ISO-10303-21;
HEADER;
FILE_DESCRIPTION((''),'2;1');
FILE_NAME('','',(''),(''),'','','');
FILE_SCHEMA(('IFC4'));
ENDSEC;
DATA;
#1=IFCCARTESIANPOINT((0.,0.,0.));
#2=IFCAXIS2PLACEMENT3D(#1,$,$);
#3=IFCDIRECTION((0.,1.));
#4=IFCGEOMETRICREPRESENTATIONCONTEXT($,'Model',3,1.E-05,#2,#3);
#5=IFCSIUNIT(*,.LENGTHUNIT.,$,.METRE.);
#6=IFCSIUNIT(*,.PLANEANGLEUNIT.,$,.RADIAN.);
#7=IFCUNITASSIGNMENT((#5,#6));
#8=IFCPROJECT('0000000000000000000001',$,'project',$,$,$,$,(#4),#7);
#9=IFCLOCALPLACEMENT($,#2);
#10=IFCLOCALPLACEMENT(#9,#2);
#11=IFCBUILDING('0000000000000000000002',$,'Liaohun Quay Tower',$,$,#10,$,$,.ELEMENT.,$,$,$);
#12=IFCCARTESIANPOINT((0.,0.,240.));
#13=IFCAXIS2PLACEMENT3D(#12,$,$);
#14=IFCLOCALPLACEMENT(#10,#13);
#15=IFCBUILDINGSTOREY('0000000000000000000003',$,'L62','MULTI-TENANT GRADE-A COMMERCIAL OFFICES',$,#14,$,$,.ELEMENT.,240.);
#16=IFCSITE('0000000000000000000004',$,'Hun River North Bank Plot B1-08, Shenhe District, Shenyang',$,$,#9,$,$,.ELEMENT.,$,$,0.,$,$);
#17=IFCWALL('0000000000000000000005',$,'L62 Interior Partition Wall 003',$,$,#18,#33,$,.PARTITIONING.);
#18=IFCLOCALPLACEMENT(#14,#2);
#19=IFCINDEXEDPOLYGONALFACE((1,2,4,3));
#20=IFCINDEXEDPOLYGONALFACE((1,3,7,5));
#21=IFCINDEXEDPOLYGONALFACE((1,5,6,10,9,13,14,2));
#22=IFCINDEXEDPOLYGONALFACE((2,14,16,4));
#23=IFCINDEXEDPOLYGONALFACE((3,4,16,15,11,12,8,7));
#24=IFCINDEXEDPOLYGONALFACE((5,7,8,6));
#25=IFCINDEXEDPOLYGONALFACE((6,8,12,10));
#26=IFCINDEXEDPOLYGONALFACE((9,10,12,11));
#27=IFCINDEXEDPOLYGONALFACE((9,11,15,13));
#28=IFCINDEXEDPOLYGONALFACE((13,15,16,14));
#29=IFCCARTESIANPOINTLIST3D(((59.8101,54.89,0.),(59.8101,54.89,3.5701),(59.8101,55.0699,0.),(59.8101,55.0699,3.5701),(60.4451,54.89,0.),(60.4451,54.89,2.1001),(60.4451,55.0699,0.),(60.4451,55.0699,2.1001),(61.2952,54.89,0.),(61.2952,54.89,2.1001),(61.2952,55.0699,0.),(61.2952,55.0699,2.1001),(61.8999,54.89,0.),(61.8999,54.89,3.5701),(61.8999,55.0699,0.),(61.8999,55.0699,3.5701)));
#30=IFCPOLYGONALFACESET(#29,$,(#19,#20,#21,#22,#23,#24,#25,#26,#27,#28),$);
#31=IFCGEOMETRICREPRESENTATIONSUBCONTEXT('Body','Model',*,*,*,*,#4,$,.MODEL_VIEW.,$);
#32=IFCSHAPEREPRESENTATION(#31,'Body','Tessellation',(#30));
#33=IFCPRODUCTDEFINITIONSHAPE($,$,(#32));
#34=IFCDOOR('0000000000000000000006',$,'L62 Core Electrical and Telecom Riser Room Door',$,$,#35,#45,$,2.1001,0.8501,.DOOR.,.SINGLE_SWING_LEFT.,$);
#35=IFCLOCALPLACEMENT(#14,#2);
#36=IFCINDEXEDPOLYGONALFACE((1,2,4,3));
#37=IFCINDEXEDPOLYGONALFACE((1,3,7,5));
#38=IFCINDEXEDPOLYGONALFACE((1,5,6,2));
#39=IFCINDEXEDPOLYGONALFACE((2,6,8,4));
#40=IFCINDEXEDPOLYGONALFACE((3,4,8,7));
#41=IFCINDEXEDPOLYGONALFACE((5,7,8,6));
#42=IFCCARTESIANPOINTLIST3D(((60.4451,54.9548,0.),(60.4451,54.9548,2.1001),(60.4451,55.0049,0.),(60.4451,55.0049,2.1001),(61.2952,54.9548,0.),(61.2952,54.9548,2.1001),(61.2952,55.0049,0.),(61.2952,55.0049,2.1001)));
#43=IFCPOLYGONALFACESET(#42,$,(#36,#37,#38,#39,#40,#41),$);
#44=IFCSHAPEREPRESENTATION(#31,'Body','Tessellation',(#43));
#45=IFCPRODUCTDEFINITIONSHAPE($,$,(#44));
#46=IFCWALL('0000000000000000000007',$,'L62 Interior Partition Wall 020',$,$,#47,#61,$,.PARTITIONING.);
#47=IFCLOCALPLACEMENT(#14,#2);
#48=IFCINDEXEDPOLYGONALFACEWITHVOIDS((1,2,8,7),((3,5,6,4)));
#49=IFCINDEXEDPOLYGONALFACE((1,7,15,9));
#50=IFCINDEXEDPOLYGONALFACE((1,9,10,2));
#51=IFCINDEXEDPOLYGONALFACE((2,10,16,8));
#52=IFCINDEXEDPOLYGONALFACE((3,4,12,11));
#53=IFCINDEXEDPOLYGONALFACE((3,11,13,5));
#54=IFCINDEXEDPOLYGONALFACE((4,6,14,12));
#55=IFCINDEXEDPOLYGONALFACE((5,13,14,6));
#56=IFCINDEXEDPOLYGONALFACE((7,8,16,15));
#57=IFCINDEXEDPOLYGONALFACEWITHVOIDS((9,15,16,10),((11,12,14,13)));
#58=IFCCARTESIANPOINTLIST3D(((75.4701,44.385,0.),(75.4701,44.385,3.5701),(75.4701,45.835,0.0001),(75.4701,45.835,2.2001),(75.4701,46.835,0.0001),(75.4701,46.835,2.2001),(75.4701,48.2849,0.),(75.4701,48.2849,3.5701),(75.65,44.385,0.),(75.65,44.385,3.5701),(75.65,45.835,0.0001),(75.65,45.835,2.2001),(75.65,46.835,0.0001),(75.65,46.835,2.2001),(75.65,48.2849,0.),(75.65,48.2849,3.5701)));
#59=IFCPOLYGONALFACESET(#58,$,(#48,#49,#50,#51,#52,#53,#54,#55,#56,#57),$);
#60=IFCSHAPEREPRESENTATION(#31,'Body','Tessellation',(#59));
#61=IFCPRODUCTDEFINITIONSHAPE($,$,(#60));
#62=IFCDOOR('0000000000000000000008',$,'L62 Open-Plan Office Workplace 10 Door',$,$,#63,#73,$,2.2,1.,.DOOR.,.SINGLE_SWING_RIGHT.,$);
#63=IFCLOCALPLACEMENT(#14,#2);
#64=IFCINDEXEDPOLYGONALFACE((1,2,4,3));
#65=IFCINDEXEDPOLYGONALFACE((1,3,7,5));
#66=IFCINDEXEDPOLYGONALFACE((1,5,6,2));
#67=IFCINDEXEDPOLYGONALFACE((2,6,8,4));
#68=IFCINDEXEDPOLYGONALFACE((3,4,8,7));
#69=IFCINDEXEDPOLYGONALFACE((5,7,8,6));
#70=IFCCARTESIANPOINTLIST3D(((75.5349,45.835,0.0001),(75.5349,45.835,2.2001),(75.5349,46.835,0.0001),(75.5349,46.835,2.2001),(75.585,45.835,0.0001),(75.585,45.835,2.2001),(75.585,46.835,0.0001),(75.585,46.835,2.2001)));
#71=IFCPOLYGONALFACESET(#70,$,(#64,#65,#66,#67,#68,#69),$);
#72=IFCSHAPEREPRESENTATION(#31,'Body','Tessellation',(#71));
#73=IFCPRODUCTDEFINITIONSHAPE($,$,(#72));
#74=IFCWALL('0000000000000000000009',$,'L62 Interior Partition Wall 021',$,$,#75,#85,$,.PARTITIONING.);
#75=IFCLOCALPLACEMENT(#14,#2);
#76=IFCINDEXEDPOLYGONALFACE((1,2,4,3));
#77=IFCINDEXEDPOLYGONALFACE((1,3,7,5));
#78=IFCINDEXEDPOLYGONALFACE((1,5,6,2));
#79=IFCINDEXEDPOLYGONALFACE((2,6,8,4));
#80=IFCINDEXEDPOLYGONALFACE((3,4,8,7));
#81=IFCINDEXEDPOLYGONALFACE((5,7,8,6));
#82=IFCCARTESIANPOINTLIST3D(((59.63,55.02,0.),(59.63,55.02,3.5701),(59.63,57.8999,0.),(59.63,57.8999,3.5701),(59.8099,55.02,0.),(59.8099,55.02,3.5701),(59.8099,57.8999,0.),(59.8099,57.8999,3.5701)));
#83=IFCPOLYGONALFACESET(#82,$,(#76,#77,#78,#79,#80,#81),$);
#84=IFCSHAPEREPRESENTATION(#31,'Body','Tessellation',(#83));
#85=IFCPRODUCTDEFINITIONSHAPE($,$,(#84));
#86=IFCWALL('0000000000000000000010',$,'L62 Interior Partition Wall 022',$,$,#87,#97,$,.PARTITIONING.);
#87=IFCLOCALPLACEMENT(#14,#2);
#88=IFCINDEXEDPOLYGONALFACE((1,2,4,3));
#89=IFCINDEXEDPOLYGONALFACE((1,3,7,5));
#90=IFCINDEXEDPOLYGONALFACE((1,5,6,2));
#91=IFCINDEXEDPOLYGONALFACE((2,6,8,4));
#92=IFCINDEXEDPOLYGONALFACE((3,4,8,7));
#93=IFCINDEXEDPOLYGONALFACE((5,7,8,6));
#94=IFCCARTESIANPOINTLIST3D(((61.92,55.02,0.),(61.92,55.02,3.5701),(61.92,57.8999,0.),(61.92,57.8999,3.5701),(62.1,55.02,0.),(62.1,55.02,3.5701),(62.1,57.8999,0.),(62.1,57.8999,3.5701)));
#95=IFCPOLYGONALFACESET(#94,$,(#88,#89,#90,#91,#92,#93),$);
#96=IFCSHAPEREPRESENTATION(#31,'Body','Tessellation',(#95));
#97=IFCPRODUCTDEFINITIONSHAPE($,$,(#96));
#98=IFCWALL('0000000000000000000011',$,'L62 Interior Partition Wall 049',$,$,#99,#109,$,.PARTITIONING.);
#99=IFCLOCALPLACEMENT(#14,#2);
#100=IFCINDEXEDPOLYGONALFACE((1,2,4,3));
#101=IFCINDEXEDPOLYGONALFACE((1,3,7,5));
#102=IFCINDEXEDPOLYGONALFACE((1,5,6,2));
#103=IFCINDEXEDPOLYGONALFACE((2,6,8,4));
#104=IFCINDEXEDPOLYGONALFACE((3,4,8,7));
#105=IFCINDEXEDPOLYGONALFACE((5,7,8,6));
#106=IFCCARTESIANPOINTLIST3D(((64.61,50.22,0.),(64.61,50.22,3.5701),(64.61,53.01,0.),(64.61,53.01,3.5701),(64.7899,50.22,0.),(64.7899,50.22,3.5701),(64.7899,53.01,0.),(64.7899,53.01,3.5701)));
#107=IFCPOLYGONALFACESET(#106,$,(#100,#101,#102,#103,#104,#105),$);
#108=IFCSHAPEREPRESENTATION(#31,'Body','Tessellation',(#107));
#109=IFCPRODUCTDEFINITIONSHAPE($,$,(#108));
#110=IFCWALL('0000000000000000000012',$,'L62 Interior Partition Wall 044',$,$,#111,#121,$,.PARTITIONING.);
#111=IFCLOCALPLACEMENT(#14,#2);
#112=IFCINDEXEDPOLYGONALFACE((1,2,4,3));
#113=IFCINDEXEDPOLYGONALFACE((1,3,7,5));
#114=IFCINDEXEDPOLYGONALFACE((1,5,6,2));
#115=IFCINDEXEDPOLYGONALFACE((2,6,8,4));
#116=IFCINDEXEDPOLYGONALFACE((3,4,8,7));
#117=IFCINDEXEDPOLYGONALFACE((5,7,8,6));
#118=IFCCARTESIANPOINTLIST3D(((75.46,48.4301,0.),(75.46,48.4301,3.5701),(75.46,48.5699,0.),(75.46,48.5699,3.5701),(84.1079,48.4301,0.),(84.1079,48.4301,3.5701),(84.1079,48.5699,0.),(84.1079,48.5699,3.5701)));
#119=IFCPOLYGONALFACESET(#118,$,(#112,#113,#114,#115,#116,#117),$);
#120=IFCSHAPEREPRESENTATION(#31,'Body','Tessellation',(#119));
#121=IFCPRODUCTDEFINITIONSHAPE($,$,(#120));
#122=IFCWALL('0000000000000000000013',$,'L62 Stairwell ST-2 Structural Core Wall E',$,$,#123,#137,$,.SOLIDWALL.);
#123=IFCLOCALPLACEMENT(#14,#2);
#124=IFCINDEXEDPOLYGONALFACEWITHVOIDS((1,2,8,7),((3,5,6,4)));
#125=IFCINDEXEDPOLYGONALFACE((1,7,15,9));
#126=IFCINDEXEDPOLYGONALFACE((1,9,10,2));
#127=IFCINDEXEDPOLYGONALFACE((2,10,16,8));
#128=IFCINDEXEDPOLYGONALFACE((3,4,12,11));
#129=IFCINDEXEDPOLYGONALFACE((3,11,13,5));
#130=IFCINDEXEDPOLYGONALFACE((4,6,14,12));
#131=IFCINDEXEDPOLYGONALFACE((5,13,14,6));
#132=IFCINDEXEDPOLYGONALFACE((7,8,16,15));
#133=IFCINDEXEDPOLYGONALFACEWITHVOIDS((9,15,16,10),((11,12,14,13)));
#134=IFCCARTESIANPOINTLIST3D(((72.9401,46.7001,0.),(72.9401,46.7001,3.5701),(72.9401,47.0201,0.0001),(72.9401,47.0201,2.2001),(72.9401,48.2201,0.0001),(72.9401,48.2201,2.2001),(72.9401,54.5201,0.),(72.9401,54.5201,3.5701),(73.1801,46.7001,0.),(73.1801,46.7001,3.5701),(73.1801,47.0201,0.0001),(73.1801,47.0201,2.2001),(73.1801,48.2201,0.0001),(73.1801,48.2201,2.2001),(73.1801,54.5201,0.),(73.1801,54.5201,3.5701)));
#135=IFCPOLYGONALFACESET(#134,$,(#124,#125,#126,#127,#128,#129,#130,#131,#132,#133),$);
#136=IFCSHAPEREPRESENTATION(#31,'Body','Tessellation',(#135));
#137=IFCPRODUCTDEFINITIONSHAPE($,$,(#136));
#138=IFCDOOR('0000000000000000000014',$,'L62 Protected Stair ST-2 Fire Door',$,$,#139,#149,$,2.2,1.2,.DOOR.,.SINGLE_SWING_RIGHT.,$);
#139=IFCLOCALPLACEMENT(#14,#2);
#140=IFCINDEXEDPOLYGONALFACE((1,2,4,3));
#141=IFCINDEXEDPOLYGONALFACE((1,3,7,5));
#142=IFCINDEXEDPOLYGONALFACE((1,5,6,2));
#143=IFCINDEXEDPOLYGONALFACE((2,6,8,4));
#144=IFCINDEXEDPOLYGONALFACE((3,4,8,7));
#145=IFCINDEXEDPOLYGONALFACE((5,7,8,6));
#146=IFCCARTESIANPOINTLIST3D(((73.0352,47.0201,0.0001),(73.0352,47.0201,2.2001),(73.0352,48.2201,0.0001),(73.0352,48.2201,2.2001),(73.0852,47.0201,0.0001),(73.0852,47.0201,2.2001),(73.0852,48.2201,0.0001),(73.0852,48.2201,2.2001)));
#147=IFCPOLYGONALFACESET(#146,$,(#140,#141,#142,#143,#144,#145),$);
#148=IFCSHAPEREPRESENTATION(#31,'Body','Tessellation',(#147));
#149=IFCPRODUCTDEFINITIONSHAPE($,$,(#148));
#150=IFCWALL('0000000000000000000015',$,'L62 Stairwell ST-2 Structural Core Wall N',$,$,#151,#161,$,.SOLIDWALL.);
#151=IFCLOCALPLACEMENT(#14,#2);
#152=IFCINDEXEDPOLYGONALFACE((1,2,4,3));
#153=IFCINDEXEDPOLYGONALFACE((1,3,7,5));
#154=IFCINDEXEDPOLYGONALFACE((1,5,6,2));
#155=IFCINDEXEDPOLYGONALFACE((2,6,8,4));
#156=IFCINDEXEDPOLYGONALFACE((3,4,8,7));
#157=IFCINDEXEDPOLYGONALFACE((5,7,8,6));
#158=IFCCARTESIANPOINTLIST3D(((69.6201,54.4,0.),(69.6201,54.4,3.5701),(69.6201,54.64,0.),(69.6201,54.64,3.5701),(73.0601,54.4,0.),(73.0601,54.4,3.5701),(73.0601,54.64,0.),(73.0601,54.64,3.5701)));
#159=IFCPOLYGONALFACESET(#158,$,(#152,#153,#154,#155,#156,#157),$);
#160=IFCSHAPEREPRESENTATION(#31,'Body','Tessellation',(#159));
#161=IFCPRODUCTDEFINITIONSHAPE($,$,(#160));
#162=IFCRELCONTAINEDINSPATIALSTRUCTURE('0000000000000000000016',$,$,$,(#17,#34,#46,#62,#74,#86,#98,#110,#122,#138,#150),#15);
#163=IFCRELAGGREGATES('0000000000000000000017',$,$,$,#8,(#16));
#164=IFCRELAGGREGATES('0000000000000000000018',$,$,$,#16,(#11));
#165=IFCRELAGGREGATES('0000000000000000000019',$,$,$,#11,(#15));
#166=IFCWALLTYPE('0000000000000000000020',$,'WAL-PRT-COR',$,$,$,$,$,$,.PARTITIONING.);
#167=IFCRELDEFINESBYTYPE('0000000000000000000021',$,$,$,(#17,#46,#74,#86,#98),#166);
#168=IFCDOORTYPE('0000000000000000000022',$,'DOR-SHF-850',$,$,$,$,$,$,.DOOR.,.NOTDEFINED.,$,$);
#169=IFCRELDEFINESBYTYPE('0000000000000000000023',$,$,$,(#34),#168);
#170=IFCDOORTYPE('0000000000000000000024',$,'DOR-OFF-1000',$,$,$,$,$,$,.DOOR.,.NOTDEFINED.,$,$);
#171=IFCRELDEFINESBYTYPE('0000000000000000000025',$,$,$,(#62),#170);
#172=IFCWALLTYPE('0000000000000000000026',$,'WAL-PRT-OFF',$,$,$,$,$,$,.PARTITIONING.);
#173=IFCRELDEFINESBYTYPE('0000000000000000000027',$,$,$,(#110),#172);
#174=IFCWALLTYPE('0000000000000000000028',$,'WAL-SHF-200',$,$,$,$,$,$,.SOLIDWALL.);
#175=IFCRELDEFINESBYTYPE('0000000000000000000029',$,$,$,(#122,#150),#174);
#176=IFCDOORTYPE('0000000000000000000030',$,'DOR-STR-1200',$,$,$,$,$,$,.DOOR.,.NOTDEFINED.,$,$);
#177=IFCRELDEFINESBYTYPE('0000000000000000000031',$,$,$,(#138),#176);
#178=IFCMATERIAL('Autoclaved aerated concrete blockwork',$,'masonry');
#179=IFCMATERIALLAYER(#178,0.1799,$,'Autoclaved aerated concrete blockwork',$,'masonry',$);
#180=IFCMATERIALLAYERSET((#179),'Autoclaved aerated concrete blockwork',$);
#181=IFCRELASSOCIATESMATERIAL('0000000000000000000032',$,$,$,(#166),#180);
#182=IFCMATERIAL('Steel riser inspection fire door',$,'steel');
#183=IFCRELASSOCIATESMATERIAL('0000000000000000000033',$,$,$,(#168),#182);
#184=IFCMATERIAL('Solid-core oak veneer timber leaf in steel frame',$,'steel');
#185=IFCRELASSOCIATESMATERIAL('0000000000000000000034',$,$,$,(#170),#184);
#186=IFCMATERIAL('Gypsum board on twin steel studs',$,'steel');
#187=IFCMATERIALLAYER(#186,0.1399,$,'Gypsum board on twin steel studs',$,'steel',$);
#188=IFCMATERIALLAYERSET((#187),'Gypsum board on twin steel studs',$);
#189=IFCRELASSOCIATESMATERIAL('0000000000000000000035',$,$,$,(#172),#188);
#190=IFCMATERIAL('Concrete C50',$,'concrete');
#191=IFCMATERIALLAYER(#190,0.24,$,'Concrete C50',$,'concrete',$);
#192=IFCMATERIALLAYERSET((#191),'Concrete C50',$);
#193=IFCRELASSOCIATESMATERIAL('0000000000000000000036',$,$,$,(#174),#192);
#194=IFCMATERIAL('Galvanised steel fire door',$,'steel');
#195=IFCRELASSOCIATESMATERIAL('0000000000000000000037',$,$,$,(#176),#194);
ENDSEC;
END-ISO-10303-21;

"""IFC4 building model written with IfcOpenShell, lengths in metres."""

from ifc_helpers import new_model, si_unit, direction, frame, frame_2d, origin, place, context, subcontext, project, spatial, rectangle, extrude, source, transform, mapped, material, layer, layer_set, type_object, element, fill, save


model = new_model("IFC4")

# Units and contexts
model_context = context("Model", 3, precision=1e-05, world=origin(), true_north=direction((0.0, 1.0)))
body_context = subcontext(model_context, "Body", "Model", "MODEL_VIEW")
ifc_project = project(units=[si_unit("LENGTHUNIT", "METRE"), si_unit("PLANEANGLEUNIT", "RADIAN")], contexts=[model_context])

# Site, building, storey
site_placement = place(None, origin())
site = spatial("IfcSite", under=ifc_project, at=site_placement, Name="Hun River North Bank Plot B1-08, Shenhe District, Shenyang", CompositionType="ELEMENT", RefElevation=0.0)
building_placement = place(site_placement, origin())
building = spatial("IfcBuilding", under=site, at=building_placement, Name="Liaohun Quay Tower", CompositionType="ELEMENT")
storey_placement = place(building_placement, frame((0.0, 0.0, 240.0)))
storey = spatial("IfcBuildingStorey", under=building, at=storey_placement, Name="L62", Description="MULTI-TENANT GRADE-A COMMERCIAL OFFICES", CompositionType="ELEMENT", Elevation=240.0)

# Walls, openings, doors
ifc_material_1 = material(Name="Autoclaved aerated concrete blockwork", Category="masonry")
ifc_layer_1 = layer(ifc_material_1, 0.1799, Name="Autoclaved aerated concrete blockwork", Category="masonry")
ifc_layer_set_1 = layer_set([ifc_layer_1], Name="Autoclaved aerated concrete blockwork")
wall_type_1 = type_object("IfcWallType", Name="WAL-PRT-COR", PredefinedType="PARTITIONING", material=ifc_layer_set_1)
wall_1_placement = place(storey_placement, frame((59.8101, 54.98, 0.0), z_axis=(0.0, 0.0, 1.0), x_axis=(1.0, 0.0, 0.0)))
wall_1 = element("IfcWall", 1, at=wall_1_placement, inside=storey, type_object=wall_type_1, Name="L62 Interior Partition Wall 003", PredefinedType="PARTITIONING", context=body_context, shape_type="SweptSolid", body=[
    extrude(rectangle(XDim=2.0898, YDim=0.1799, at=frame_2d((1.0449, 0.0))), origin(), (0.0, 0.0, 1.0), 3.5701),
])
shared_shape_1 = source(origin(), body_context, "Body", "SweptSolid", [
    extrude(rectangle(XDim=0.8501, YDim=2.1001, at=frame_2d((0.425, 1.05))), frame((0.0, 0.0999, 0.0), z_axis=(0.0, -1.0, 0.0), x_axis=(1.0, 0.0, 0.0)), (0.0, 0.0, 1.0), 0.2),
])
opening_1_placement = place(wall_1_placement, frame((0.635, 0.0, 0.0)))
opening_1 = element("IfcOpeningElement", 2, at=opening_1_placement, cuts=wall_1, PredefinedType="OPENING", context=body_context, shape_type="MappedRepresentation", body=[
    mapped(shared_shape_1, transform((0.0, 0.0, 0.0), x_axis=(1.0, 0.0, 0.0), y_axis=(0.0, 1.0, 0.0), z_axis=(0.0, 0.0, 1.0), scale=1.0)),
])
ifc_material_2 = material(Name="Steel riser inspection fire door", Category="steel")
door_type_1 = type_object("IfcDoorType", Name="DOR-SHF-850", OperationType="NOTDEFINED", PredefinedType="DOOR", material=ifc_material_2)
shared_shape_2 = source(origin(), body_context, "Body", "SweptSolid", [
    extrude(rectangle(XDim=0.8501, YDim=2.1001, at=frame_2d((0.425, 1.05))), frame((0.0, 0.0249, 0.0), z_axis=(0.0, -1.0, 0.0), x_axis=(1.0, 0.0, 0.0)), (0.0, 0.0, 1.0), 0.05),
])
door_1_placement = place(opening_1_placement, origin())
door_1 = element("IfcDoor", 3, at=door_1_placement, inside=storey, type_object=door_type_1, Name="L62 Core Electrical and Telecom Riser Room Door", OperationType="SINGLE_SWING_LEFT", OverallHeight=2.1001, OverallWidth=0.8501, PredefinedType="DOOR", context=body_context, shape_type="MappedRepresentation", body=[
    mapped(shared_shape_2, transform((0.0, 0.0, 0.0), x_axis=(1.0, 0.0, 0.0), y_axis=(0.0, 1.0, 0.0), z_axis=(0.0, 0.0, 1.0), scale=1.0)),
])
fill(opening_1, door_1)
wall_2_placement = place(storey_placement, frame((75.5601, 48.2849, 0.0), z_axis=(0.0, 0.0, 1.0), x_axis=(0.0, -1.0, 0.0)))
wall_2 = element("IfcWall", 4, at=wall_2_placement, inside=storey, type_object=wall_type_1, Name="L62 Interior Partition Wall 020", PredefinedType="PARTITIONING", context=body_context, shape_type="SweptSolid", body=[
    extrude(rectangle(XDim=3.8999, YDim=0.1799, at=frame_2d((1.95, 0.0))), origin(), (0.0, 0.0, 1.0), 3.5701),
])
shared_shape_3 = source(origin(), body_context, "Body", "SweptSolid", [
    extrude(rectangle(XDim=1.0, YDim=2.2, at=frame_2d((0.5, 1.1001))), frame((0.0, 0.0999, 0.0), z_axis=(0.0, -1.0, 0.0), x_axis=(1.0, 0.0, 0.0)), (0.0, 0.0, 1.0), 0.2),
])
opening_2_placement = place(wall_2_placement, frame((1.45, 0.0, 0.0)))
opening_2 = element("IfcOpeningElement", 5, at=opening_2_placement, cuts=wall_2, PredefinedType="OPENING", context=body_context, shape_type="MappedRepresentation", body=[
    mapped(shared_shape_3, transform((0.0, 0.0, 0.0), x_axis=(1.0, 0.0, 0.0), y_axis=(0.0, 1.0, 0.0), z_axis=(0.0, 0.0, 1.0), scale=1.0)),
])
ifc_material_3 = material(Name="Solid-core oak veneer timber leaf in steel frame", Category="steel")
door_type_2 = type_object("IfcDoorType", Name="DOR-OFF-1000", OperationType="NOTDEFINED", PredefinedType="DOOR", material=ifc_material_3)
shared_shape_4 = source(origin(), body_context, "Body", "SweptSolid", [
    extrude(rectangle(XDim=1.0, YDim=2.2, at=frame_2d((0.5, 1.1001))), frame((0.0, 0.0249, 0.0), z_axis=(0.0, -1.0, 0.0), x_axis=(1.0, 0.0, 0.0)), (0.0, 0.0, 1.0), 0.05),
])
door_2_placement = place(opening_2_placement, origin())
door_2 = element("IfcDoor", 6, at=door_2_placement, inside=storey, type_object=door_type_2, Name="L62 Open-Plan Office Workplace 10 Door", OperationType="SINGLE_SWING_RIGHT", OverallHeight=2.2, OverallWidth=1.0, PredefinedType="DOOR", context=body_context, shape_type="MappedRepresentation", body=[
    mapped(shared_shape_4, transform((0.0, 0.0, 0.0), x_axis=(1.0, 0.0, 0.0), y_axis=(0.0, 1.0, 0.0), z_axis=(0.0, 0.0, 1.0), scale=1.0)),
])
fill(opening_2, door_2)

# Walls
for number, where, z_axis, x_axis, name in (
    (7, (59.72, 55.02, 0.0), (0.0, 0.0, 1.0), (0.0, 1.0, 0.0), "L62 Interior Partition Wall 021"),
    (8, (62.01, 55.02, 0.0), (0.0, 0.0, 1.0), (0.0, 1.0, 0.0), "L62 Interior Partition Wall 022"),
):
    element("IfcWall", number, at=place(storey_placement, frame(where, z_axis=z_axis, x_axis=x_axis)), inside=storey, type_object=wall_type_1, Name=name, PredefinedType="PARTITIONING", context=body_context, shape_type="SweptSolid", body=[
        extrude(rectangle(XDim=2.8799, YDim=0.1799, at=frame_2d((1.4399, 0.0))), origin(), (0.0, 0.0, 1.0), 3.5701),
    ])
wall_3_placement = place(storey_placement, frame((64.7, 50.22, 0.0), z_axis=(0.0, 0.0, 1.0), x_axis=(0.0, 1.0, 0.0)))
element("IfcWall", 9, at=wall_3_placement, inside=storey, type_object=wall_type_1, Name="L62 Interior Partition Wall 049", PredefinedType="PARTITIONING", context=body_context, shape_type="SweptSolid", body=[
    extrude(rectangle(XDim=2.79, YDim=0.1799, at=frame_2d((1.395, 0.0))), origin(), (0.0, 0.0, 1.0), 3.5701),
])
ifc_material_4 = material(Name="Gypsum board on twin steel studs", Category="steel")
ifc_layer_2 = layer(ifc_material_4, 0.1399, Name="Gypsum board on twin steel studs", Category="steel")
ifc_layer_set_2 = layer_set([ifc_layer_2], Name="Gypsum board on twin steel studs")
wall_type_2 = type_object("IfcWallType", Name="WAL-PRT-OFF", PredefinedType="PARTITIONING", material=ifc_layer_set_2)
wall_4_placement = place(storey_placement, frame((75.46, 48.5, 0.0), z_axis=(0.0, 0.0, 1.0), x_axis=(1.0, 0.0, 0.0)))
element("IfcWall", 10, at=wall_4_placement, inside=storey, type_object=wall_type_2, Name="L62 Interior Partition Wall 044", PredefinedType="PARTITIONING", context=body_context, shape_type="SweptSolid", body=[
    extrude(rectangle(XDim=8.6479, YDim=0.1399, at=frame_2d((4.324, 0.0))), origin(), (0.0, 0.0, 1.0), 3.5701),
])

# Wall, opening, door
ifc_material_5 = material(Name="Concrete C50", Category="concrete")
ifc_layer_3 = layer(ifc_material_5, 0.24, Name="Concrete C50", Category="concrete")
ifc_layer_set_3 = layer_set([ifc_layer_3], Name="Concrete C50")
wall_type_3 = type_object("IfcWallType", Name="WAL-SHF-200", PredefinedType="SOLIDWALL", material=ifc_layer_set_3)
wall_5_placement = place(storey_placement, frame((73.0601, 46.7, 0.0), z_axis=(0.0, 0.0, 1.0), x_axis=(0.0, 1.0, 0.0)))
wall_5 = element("IfcWall", 11, at=wall_5_placement, inside=storey, type_object=wall_type_3, Name="L62 Stairwell ST-2 Structural Core Wall E", PredefinedType="SOLIDWALL", context=body_context, shape_type="SweptSolid", body=[
    extrude(rectangle(XDim=7.8201, YDim=0.24, at=frame_2d((3.9102, 0.0))), origin(), (0.0, 0.0, 1.0), 3.5701),
])
shared_shape_5 = source(origin(), body_context, "Body", "SweptSolid", [
    extrude(rectangle(XDim=1.2, YDim=2.2, at=frame_2d((0.6001, 1.1001))), frame((0.0, 0.1299, 0.0), z_axis=(0.0, -1.0, 0.0), x_axis=(1.0, 0.0, 0.0)), (0.0, 0.0, 1.0), 0.26),
])
opening_3_placement = place(wall_5_placement, frame((0.3201, 0.0, 0.0)))
opening_3 = element("IfcOpeningElement", 12, at=opening_3_placement, cuts=wall_5, PredefinedType="OPENING", context=body_context, shape_type="MappedRepresentation", body=[
    mapped(shared_shape_5, transform((0.0, 0.0, 0.0), x_axis=(1.0, 0.0, 0.0), y_axis=(0.0, 1.0, 0.0), z_axis=(0.0, 0.0, 1.0), scale=1.0)),
])
ifc_material_6 = material(Name="Galvanised steel fire door", Category="steel")
door_type_3 = type_object("IfcDoorType", Name="DOR-STR-1200", OperationType="NOTDEFINED", PredefinedType="DOOR", material=ifc_material_6)
shared_shape_6 = source(origin(), body_context, "Body", "SweptSolid", [
    extrude(rectangle(XDim=1.2, YDim=2.2, at=frame_2d((0.6001, 1.1001))), frame((0.0, 0.0249, 0.0), z_axis=(0.0, -1.0, 0.0), x_axis=(1.0, 0.0, 0.0)), (0.0, 0.0, 1.0), 0.05),
])
door_3_placement = place(opening_3_placement, origin())
door_3 = element("IfcDoor", 13, at=door_3_placement, inside=storey, type_object=door_type_3, Name="L62 Protected Stair ST-2 Fire Door", OperationType="SINGLE_SWING_RIGHT", OverallHeight=2.2, OverallWidth=1.2, PredefinedType="DOOR", context=body_context, shape_type="MappedRepresentation", body=[
    mapped(shared_shape_6, transform((0.0, 0.0, 0.0), x_axis=(1.0, 0.0, 0.0), y_axis=(0.0, 1.0, 0.0), z_axis=(0.0, 0.0, 1.0), scale=1.0)),
])
fill(opening_3, door_3)

# Wall
wall_6_placement = place(storey_placement, frame((73.0601, 54.52, 0.0), z_axis=(0.0, 0.0, 1.0), x_axis=(-1.0, 0.0, 0.0)))
element("IfcWall", 14, at=wall_6_placement, inside=storey, type_object=wall_type_3, Name="L62 Stairwell ST-2 Structural Core Wall N", PredefinedType="SOLIDWALL", context=body_context, shape_type="SweptSolid", body=[
    extrude(rectangle(XDim=3.4399, YDim=0.24, at=frame_2d((1.72, 0.0))), origin(), (0.0, 0.0, 1.0), 3.5701),
])

save(model, "model.ifc")
